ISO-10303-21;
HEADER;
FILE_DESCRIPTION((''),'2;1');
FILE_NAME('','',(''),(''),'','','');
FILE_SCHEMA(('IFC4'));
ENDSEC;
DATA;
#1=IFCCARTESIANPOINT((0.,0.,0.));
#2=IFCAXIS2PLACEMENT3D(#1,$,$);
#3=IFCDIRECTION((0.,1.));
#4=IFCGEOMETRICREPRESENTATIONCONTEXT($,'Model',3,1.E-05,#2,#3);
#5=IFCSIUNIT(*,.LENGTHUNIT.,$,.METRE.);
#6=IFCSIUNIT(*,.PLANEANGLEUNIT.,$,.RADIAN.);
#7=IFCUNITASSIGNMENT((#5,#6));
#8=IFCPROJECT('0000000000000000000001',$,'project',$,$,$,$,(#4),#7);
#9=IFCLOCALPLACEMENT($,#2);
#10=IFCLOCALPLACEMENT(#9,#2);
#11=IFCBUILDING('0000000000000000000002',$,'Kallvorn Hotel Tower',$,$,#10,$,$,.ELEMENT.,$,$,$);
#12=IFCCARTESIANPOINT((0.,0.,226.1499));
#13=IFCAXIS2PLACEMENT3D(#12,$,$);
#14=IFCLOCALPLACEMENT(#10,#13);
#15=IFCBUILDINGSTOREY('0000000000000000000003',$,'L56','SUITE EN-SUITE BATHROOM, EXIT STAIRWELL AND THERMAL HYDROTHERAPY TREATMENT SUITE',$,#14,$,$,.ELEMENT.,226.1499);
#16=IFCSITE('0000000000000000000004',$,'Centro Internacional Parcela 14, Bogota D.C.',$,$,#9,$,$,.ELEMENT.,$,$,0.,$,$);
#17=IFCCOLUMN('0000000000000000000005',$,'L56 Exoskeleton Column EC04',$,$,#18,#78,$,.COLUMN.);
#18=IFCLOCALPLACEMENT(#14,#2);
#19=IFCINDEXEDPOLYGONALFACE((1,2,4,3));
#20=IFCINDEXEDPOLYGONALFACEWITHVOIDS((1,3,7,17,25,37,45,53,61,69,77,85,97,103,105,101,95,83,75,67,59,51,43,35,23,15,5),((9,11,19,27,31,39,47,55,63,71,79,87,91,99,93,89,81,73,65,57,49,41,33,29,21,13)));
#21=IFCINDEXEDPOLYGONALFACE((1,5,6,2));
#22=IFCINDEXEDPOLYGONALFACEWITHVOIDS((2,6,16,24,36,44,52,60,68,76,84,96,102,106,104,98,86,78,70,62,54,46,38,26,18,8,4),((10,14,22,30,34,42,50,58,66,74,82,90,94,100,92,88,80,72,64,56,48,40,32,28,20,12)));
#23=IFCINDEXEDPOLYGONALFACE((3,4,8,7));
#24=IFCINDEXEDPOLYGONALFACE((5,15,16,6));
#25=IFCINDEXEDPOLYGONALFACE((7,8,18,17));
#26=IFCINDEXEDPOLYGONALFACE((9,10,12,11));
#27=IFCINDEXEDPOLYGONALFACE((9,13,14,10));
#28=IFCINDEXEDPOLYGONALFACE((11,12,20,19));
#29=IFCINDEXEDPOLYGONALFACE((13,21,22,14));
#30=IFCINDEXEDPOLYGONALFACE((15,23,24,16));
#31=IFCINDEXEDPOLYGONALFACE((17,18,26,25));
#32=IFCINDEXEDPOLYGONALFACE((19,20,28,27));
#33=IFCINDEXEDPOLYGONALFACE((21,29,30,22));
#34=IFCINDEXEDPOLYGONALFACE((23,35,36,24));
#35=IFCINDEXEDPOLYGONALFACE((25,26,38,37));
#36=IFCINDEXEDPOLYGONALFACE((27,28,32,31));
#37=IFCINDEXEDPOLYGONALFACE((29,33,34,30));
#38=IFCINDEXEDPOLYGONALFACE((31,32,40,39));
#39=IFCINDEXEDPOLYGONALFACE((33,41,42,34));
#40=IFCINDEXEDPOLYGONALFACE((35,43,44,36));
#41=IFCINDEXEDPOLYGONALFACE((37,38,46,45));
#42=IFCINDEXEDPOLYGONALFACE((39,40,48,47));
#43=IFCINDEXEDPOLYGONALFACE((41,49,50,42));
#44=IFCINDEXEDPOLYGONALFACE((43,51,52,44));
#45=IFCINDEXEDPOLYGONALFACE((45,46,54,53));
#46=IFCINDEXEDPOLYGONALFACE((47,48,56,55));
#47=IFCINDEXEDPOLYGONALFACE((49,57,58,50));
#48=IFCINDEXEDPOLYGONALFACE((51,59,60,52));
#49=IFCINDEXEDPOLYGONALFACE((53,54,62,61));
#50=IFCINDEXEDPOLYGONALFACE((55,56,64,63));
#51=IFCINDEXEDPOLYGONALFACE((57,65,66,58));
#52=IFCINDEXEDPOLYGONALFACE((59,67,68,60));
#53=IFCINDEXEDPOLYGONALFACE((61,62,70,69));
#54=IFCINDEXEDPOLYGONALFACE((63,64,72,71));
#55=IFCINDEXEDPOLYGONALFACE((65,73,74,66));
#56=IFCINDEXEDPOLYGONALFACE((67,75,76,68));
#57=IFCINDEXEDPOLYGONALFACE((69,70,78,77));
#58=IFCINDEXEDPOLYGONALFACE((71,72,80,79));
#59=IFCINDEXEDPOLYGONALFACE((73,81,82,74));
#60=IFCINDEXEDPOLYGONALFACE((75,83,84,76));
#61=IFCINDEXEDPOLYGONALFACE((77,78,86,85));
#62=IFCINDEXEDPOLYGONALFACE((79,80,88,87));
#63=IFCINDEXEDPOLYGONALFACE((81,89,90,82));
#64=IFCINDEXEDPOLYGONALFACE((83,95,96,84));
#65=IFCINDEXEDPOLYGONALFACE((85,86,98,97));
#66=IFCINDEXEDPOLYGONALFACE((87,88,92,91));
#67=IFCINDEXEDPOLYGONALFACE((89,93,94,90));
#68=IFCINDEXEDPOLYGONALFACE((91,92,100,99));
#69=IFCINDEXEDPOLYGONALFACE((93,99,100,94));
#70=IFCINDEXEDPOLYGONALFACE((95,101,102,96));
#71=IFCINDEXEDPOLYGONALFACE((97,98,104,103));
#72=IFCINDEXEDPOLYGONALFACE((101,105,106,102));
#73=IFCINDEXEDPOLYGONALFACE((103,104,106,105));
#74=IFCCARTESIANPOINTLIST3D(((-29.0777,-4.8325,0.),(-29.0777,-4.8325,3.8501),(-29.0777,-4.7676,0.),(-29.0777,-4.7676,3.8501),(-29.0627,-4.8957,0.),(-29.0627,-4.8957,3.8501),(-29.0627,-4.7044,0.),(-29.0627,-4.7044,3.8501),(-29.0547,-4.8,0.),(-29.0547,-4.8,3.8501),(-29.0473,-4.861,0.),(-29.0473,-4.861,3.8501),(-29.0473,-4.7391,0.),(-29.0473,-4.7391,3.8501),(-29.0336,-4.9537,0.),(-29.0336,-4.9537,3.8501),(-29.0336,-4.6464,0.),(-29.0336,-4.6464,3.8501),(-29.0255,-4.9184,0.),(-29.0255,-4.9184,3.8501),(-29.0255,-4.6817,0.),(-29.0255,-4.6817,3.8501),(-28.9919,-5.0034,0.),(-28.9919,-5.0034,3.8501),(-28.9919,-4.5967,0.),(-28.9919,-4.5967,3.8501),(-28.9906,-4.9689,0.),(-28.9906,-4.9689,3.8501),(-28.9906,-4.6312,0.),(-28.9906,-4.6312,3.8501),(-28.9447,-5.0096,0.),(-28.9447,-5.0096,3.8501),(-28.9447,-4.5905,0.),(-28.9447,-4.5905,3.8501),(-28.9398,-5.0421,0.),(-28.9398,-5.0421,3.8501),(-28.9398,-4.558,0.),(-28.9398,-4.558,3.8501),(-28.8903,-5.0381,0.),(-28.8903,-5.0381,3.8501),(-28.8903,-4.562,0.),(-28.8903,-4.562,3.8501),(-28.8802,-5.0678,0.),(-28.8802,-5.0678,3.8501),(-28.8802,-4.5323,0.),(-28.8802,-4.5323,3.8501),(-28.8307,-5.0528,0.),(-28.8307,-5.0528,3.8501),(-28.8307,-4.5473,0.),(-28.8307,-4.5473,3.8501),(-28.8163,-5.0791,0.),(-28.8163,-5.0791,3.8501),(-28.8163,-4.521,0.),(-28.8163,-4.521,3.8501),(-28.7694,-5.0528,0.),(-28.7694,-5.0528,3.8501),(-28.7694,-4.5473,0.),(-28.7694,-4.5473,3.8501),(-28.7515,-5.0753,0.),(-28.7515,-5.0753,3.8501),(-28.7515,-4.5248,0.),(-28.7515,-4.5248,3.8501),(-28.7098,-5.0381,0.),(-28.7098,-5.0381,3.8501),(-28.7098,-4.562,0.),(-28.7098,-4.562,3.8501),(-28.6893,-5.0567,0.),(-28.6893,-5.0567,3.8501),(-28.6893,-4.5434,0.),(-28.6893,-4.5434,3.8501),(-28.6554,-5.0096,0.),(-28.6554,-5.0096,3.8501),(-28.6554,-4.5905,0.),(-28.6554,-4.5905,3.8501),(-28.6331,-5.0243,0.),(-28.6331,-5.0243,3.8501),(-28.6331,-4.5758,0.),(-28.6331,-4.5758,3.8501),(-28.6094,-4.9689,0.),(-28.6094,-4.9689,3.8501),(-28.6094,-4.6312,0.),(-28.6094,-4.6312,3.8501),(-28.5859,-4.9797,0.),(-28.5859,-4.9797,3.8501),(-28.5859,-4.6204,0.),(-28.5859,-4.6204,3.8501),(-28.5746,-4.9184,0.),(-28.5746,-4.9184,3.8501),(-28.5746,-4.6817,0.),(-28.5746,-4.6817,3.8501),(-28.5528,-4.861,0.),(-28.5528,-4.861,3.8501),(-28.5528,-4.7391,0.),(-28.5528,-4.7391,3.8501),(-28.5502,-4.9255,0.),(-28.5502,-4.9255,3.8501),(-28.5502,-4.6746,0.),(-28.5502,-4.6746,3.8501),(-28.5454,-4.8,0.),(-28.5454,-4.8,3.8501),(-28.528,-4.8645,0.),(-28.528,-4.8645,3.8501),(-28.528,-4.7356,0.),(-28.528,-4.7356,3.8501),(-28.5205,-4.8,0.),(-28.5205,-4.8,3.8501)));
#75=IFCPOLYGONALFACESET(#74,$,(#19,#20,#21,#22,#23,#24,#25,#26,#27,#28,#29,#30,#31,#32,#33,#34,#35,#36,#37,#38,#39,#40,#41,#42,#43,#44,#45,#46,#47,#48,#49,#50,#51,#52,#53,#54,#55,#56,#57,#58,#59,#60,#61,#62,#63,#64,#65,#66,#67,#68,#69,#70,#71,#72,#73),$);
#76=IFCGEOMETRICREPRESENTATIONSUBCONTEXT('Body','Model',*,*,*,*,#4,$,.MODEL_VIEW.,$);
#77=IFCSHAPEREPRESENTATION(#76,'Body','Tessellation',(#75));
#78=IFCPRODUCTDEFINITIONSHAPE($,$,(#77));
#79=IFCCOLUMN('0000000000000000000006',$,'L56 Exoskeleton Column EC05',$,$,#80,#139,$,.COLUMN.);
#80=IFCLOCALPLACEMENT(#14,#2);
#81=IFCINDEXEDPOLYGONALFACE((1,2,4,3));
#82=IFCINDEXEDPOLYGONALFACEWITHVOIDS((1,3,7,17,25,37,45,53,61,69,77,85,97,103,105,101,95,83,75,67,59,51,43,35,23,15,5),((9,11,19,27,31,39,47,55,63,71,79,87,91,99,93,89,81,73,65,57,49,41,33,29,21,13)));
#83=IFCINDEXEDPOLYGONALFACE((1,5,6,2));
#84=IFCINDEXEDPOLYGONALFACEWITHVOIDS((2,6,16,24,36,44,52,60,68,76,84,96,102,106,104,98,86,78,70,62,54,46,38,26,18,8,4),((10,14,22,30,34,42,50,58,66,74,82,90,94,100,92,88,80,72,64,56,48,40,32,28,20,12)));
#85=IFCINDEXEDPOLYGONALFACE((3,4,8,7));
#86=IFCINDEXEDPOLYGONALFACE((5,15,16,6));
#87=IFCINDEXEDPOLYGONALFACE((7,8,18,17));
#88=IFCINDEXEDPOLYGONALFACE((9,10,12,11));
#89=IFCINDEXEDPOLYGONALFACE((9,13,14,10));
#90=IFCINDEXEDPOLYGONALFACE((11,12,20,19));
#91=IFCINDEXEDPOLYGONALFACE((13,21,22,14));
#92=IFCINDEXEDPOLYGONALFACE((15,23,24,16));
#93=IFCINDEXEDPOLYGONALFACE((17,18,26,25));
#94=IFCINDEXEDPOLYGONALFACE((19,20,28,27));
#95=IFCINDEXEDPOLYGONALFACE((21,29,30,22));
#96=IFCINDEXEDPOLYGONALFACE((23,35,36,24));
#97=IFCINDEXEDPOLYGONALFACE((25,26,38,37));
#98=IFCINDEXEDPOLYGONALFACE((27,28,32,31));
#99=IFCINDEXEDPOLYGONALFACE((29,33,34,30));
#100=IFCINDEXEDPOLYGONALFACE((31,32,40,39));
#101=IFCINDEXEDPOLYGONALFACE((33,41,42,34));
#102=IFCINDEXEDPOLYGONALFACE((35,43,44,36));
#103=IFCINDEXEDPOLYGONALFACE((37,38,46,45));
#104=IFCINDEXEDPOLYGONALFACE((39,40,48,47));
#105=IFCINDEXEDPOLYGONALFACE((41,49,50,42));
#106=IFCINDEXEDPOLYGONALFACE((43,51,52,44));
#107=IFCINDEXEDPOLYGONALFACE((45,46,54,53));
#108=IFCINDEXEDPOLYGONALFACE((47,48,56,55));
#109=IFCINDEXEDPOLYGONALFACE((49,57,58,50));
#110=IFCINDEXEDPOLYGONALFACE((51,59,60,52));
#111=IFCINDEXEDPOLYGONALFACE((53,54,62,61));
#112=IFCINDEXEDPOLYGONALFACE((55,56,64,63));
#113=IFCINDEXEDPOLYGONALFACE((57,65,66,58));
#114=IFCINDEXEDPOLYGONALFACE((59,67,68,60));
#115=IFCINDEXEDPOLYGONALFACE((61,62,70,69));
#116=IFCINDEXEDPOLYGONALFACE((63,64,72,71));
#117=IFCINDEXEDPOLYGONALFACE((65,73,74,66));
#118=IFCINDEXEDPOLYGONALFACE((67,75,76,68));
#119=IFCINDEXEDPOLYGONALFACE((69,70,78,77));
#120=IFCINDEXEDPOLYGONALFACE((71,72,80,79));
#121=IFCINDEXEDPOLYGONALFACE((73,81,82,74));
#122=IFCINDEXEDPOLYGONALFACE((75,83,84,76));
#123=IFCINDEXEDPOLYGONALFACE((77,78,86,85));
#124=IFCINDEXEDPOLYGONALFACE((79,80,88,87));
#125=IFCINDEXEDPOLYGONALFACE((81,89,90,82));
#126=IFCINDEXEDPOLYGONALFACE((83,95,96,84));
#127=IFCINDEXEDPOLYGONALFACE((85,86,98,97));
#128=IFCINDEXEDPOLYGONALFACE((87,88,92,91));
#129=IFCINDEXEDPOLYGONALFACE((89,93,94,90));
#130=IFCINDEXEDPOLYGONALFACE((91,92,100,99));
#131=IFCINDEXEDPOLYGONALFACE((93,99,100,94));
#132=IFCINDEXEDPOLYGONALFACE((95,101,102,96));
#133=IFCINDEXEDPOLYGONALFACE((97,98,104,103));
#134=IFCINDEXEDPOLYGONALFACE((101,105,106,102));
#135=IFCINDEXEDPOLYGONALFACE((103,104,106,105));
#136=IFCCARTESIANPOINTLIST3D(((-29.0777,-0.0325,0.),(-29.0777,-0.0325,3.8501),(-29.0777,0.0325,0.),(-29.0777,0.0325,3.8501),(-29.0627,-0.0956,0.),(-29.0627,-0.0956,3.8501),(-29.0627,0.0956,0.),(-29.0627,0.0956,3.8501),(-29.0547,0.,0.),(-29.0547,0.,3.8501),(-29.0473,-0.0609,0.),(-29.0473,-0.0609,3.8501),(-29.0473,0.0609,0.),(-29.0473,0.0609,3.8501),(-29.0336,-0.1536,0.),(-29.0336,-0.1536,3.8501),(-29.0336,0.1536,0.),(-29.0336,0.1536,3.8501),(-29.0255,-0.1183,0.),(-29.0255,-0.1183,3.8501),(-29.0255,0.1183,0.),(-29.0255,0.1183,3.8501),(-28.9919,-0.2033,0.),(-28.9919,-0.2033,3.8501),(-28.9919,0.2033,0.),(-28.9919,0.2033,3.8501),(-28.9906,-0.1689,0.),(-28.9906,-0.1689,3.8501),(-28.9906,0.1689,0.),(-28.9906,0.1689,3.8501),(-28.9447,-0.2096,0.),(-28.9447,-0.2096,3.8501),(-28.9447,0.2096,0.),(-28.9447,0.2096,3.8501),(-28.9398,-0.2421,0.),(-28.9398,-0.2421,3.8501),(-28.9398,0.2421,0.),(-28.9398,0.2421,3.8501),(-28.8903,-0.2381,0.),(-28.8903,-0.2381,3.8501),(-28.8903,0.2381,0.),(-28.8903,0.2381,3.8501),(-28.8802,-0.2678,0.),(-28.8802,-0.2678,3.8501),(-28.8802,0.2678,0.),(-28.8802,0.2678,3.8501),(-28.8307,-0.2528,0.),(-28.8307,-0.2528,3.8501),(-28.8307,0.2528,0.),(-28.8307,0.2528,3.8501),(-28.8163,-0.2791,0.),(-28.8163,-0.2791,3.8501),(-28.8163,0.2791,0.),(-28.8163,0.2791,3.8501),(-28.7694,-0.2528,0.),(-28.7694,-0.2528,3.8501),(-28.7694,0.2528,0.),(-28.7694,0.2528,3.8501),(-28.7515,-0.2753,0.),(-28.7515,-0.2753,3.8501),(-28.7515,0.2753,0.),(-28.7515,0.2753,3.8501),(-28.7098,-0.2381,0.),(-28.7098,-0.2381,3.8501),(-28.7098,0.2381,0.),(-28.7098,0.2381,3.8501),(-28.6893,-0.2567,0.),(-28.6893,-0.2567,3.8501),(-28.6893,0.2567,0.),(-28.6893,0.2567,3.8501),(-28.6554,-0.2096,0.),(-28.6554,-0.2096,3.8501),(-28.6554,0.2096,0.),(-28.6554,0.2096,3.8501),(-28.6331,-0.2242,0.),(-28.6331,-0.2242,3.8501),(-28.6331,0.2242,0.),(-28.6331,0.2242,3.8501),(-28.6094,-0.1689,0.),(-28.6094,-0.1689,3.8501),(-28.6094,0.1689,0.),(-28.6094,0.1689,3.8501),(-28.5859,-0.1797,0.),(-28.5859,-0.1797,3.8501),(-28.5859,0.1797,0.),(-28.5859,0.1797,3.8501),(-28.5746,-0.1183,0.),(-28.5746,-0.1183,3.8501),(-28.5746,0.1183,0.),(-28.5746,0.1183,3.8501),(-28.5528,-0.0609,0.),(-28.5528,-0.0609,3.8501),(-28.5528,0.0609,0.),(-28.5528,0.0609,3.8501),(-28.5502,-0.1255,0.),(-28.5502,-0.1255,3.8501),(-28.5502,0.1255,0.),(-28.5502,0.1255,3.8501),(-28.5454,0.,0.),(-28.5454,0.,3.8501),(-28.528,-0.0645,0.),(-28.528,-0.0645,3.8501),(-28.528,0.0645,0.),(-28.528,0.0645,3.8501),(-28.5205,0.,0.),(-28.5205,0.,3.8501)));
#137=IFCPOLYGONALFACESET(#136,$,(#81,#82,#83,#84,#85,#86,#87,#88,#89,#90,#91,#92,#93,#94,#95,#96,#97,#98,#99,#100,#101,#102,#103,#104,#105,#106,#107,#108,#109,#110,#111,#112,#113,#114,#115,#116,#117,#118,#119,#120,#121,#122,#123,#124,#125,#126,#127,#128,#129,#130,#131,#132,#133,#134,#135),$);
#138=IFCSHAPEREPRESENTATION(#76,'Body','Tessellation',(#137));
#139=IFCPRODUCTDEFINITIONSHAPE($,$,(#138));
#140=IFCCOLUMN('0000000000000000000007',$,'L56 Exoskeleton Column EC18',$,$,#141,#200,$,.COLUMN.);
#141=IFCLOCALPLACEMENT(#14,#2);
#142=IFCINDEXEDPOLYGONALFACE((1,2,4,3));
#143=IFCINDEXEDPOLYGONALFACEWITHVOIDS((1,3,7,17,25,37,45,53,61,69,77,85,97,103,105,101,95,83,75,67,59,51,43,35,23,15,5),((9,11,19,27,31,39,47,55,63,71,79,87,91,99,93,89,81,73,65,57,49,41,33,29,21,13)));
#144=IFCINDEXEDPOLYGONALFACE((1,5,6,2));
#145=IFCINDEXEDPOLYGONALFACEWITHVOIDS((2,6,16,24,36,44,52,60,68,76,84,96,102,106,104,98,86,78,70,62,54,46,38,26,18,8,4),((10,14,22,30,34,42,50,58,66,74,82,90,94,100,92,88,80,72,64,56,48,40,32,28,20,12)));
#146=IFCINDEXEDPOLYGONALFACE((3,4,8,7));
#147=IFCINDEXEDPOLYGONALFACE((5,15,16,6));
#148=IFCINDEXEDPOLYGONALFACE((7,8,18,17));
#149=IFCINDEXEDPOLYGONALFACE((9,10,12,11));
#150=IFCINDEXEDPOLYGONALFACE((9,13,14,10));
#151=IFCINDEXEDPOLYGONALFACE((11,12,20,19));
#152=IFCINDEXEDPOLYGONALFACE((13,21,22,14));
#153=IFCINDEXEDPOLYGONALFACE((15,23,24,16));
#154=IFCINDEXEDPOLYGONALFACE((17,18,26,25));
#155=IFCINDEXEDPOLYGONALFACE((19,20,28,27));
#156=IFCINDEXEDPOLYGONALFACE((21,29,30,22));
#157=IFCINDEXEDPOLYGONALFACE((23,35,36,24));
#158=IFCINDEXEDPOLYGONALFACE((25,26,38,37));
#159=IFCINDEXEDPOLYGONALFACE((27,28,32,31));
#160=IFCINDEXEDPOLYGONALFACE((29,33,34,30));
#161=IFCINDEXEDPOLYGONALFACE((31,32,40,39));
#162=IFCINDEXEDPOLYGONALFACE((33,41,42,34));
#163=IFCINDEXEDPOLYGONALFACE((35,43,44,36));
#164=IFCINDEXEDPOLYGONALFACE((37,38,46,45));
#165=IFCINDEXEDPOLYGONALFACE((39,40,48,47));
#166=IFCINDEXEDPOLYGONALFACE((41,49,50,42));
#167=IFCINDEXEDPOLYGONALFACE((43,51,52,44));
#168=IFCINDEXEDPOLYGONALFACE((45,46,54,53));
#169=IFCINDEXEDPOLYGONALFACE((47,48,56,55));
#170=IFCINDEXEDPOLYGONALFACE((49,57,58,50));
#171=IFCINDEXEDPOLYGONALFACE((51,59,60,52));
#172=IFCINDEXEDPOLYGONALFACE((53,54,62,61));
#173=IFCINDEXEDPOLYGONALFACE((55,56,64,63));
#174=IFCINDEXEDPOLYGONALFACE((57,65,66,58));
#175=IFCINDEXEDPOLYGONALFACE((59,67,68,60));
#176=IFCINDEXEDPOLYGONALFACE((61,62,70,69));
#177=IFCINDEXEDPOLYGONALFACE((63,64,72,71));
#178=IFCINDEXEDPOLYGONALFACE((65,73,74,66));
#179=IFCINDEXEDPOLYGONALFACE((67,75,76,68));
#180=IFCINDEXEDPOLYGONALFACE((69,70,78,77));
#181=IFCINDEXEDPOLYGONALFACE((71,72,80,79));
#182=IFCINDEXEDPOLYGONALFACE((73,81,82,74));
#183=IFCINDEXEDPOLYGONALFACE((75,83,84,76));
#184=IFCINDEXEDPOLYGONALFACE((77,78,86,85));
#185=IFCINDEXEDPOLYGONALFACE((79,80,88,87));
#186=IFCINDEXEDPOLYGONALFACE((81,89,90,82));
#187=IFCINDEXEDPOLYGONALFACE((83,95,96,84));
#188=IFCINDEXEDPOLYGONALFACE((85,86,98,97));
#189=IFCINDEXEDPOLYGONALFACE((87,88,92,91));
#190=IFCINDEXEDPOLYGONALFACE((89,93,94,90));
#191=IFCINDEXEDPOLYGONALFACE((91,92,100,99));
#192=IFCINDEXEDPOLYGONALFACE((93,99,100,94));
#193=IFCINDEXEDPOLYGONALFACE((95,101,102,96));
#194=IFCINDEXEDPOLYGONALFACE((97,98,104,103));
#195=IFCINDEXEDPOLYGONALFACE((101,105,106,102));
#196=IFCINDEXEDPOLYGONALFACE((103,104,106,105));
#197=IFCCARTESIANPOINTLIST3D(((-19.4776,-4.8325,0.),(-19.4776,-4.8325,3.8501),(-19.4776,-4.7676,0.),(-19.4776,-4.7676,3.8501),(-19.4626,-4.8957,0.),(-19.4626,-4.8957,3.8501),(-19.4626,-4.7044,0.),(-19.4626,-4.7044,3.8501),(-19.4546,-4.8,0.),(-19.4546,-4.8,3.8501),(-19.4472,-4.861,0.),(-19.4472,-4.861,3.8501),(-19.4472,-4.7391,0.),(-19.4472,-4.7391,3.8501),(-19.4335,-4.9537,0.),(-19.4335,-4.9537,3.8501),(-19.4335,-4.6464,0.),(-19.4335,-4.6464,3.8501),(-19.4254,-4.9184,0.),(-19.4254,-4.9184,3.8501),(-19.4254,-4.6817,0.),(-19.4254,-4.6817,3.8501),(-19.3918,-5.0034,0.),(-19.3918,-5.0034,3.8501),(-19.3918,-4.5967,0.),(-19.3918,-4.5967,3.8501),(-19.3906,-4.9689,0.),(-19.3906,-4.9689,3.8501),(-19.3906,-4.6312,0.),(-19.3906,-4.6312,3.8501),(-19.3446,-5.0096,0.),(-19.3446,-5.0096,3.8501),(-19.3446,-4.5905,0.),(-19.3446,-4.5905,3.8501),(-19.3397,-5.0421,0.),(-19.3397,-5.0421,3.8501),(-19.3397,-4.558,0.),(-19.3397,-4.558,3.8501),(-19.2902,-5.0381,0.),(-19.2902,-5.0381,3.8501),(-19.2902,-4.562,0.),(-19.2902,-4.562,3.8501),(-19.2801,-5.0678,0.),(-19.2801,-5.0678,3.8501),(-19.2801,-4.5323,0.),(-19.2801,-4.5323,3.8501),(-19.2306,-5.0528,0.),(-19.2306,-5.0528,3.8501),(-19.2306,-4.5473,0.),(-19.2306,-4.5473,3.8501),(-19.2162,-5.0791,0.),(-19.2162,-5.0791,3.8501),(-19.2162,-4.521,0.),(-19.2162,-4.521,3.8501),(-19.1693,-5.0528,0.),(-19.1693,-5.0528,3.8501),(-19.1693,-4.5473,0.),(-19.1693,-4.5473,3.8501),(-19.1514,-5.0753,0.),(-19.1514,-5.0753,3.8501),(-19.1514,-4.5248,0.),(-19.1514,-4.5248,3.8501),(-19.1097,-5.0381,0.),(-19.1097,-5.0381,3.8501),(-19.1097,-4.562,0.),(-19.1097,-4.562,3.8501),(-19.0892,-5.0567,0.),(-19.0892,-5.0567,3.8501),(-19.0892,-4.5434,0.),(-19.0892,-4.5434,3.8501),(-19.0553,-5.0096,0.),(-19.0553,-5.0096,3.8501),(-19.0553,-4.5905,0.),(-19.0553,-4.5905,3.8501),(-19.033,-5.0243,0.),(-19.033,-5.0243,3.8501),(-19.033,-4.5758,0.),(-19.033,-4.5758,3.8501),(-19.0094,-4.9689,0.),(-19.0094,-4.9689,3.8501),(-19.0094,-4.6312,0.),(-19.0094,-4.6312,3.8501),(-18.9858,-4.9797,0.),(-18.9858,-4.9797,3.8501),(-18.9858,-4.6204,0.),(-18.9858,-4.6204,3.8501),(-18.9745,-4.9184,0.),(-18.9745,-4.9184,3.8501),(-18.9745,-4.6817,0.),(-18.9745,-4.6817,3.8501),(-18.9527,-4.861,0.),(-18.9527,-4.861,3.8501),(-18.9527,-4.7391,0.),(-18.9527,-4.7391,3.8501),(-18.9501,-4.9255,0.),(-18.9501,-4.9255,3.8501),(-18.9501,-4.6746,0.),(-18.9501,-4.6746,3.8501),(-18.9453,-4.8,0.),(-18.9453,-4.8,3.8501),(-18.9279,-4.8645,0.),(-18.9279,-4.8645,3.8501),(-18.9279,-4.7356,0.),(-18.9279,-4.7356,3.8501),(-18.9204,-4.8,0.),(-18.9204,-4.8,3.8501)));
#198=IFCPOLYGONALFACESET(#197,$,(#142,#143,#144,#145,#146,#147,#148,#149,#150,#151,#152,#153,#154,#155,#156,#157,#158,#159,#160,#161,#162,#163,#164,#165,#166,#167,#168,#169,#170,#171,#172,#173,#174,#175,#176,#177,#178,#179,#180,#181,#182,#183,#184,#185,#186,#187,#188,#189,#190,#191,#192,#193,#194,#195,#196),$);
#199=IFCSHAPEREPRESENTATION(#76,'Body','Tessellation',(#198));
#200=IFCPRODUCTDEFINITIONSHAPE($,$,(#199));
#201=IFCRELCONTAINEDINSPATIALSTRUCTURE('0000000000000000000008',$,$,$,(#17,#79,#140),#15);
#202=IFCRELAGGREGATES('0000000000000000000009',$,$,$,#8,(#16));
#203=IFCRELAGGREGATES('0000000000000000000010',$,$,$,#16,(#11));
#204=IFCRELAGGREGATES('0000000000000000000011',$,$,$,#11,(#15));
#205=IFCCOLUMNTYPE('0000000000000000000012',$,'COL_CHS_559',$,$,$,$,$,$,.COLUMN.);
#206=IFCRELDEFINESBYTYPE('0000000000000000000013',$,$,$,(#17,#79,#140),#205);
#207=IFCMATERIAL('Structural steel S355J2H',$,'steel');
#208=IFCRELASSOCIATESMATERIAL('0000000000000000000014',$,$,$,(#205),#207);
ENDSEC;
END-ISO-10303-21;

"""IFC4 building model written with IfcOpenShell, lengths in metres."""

from ifc_helpers import new_model, si_unit, direction, frame, origin, origin_2d, place, context, subcontext, project, spatial, hollow_circle, extrude, material, material_profile, profile_set, type_object, element, save


model = new_model("IFC4")

# Units and contexts
model_context = context("Model", 3, precision=1e-05, world=origin(), true_north=direction((0.0, 1.0)))
body_context = subcontext(model_context, "Body", "Model", "MODEL_VIEW")
ifc_project = project(units=[si_unit("LENGTHUNIT", "METRE"), si_unit("PLANEANGLEUNIT", "RADIAN")], contexts=[model_context])

# Site, building, storey
site_placement = place(None, origin())
site = spatial("IfcSite", under=ifc_project, at=site_placement, Name="Centro Internacional Parcela 14, Bogota D.C.", CompositionType="ELEMENT", RefElevation=0.0)
building_placement = place(site_placement, origin())
building = spatial("IfcBuilding", under=site, at=building_placement, Name="Kallvorn Hotel Tower", CompositionType="ELEMENT")
storey_placement = place(building_placement, frame((0.0, 0.0, 226.1499)))
storey = spatial("IfcBuildingStorey", under=building, at=storey_placement, Name="L56", Description="SUITE EN-SUITE BATHROOM, EXIT STAIRWELL AND THERMAL HYDROTHERAPY TREATMENT SUITE", CompositionType="ELEMENT", Elevation=226.1499)

# Columns
ifc_material_1 = material(Name="Structural steel S355J2H", Category="steel")
ifc_material_profile_1 = material_profile(ifc_material_1, hollow_circle(Radius=0.2795, WallThickness=0.0249, at=origin_2d()), Name="CHS 559x25")
ifc_profile_set_1 = profile_set([ifc_material_profile_1], Name="Structural steel S355J2H")
column_type_1 = type_object("IfcColumnType", Name="COL_CHS_559", PredefinedType="COLUMN", material=ifc_profile_set_1)
for number, where, z_axis, x_axis, name in (
    (1, (-28.8, -4.8, 0.0), (0.0, 0.0, 1.0), (1.0, 0.0, 0.0), "L56 Exoskeleton Column EC04"),
    (2, (-28.8, 0.0, 0.0), (0.0, 0.0, 1.0), (1.0, 0.0, 0.0), "L56 Exoskeleton Column EC05"),
    (3, (-19.2, -4.8, 0.0), (0.0, 0.0, 1.0), (1.0, 0.0, 0.0), "L56 Exoskeleton Column EC18"),
):
    element("IfcColumn", number, at=place(storey_placement, frame(where, z_axis=z_axis, x_axis=x_axis)), inside=storey, type_object=column_type_1, Name=name, PredefinedType="COLUMN", context=body_context, shape_type="SweptSolid", body=[
        extrude(hollow_circle(Radius=0.2795, WallThickness=0.0249, at=origin_2d()), origin(), (0.0, 0.0, 1.0), 3.8501),
    ])

save(model, "model.ifc")
